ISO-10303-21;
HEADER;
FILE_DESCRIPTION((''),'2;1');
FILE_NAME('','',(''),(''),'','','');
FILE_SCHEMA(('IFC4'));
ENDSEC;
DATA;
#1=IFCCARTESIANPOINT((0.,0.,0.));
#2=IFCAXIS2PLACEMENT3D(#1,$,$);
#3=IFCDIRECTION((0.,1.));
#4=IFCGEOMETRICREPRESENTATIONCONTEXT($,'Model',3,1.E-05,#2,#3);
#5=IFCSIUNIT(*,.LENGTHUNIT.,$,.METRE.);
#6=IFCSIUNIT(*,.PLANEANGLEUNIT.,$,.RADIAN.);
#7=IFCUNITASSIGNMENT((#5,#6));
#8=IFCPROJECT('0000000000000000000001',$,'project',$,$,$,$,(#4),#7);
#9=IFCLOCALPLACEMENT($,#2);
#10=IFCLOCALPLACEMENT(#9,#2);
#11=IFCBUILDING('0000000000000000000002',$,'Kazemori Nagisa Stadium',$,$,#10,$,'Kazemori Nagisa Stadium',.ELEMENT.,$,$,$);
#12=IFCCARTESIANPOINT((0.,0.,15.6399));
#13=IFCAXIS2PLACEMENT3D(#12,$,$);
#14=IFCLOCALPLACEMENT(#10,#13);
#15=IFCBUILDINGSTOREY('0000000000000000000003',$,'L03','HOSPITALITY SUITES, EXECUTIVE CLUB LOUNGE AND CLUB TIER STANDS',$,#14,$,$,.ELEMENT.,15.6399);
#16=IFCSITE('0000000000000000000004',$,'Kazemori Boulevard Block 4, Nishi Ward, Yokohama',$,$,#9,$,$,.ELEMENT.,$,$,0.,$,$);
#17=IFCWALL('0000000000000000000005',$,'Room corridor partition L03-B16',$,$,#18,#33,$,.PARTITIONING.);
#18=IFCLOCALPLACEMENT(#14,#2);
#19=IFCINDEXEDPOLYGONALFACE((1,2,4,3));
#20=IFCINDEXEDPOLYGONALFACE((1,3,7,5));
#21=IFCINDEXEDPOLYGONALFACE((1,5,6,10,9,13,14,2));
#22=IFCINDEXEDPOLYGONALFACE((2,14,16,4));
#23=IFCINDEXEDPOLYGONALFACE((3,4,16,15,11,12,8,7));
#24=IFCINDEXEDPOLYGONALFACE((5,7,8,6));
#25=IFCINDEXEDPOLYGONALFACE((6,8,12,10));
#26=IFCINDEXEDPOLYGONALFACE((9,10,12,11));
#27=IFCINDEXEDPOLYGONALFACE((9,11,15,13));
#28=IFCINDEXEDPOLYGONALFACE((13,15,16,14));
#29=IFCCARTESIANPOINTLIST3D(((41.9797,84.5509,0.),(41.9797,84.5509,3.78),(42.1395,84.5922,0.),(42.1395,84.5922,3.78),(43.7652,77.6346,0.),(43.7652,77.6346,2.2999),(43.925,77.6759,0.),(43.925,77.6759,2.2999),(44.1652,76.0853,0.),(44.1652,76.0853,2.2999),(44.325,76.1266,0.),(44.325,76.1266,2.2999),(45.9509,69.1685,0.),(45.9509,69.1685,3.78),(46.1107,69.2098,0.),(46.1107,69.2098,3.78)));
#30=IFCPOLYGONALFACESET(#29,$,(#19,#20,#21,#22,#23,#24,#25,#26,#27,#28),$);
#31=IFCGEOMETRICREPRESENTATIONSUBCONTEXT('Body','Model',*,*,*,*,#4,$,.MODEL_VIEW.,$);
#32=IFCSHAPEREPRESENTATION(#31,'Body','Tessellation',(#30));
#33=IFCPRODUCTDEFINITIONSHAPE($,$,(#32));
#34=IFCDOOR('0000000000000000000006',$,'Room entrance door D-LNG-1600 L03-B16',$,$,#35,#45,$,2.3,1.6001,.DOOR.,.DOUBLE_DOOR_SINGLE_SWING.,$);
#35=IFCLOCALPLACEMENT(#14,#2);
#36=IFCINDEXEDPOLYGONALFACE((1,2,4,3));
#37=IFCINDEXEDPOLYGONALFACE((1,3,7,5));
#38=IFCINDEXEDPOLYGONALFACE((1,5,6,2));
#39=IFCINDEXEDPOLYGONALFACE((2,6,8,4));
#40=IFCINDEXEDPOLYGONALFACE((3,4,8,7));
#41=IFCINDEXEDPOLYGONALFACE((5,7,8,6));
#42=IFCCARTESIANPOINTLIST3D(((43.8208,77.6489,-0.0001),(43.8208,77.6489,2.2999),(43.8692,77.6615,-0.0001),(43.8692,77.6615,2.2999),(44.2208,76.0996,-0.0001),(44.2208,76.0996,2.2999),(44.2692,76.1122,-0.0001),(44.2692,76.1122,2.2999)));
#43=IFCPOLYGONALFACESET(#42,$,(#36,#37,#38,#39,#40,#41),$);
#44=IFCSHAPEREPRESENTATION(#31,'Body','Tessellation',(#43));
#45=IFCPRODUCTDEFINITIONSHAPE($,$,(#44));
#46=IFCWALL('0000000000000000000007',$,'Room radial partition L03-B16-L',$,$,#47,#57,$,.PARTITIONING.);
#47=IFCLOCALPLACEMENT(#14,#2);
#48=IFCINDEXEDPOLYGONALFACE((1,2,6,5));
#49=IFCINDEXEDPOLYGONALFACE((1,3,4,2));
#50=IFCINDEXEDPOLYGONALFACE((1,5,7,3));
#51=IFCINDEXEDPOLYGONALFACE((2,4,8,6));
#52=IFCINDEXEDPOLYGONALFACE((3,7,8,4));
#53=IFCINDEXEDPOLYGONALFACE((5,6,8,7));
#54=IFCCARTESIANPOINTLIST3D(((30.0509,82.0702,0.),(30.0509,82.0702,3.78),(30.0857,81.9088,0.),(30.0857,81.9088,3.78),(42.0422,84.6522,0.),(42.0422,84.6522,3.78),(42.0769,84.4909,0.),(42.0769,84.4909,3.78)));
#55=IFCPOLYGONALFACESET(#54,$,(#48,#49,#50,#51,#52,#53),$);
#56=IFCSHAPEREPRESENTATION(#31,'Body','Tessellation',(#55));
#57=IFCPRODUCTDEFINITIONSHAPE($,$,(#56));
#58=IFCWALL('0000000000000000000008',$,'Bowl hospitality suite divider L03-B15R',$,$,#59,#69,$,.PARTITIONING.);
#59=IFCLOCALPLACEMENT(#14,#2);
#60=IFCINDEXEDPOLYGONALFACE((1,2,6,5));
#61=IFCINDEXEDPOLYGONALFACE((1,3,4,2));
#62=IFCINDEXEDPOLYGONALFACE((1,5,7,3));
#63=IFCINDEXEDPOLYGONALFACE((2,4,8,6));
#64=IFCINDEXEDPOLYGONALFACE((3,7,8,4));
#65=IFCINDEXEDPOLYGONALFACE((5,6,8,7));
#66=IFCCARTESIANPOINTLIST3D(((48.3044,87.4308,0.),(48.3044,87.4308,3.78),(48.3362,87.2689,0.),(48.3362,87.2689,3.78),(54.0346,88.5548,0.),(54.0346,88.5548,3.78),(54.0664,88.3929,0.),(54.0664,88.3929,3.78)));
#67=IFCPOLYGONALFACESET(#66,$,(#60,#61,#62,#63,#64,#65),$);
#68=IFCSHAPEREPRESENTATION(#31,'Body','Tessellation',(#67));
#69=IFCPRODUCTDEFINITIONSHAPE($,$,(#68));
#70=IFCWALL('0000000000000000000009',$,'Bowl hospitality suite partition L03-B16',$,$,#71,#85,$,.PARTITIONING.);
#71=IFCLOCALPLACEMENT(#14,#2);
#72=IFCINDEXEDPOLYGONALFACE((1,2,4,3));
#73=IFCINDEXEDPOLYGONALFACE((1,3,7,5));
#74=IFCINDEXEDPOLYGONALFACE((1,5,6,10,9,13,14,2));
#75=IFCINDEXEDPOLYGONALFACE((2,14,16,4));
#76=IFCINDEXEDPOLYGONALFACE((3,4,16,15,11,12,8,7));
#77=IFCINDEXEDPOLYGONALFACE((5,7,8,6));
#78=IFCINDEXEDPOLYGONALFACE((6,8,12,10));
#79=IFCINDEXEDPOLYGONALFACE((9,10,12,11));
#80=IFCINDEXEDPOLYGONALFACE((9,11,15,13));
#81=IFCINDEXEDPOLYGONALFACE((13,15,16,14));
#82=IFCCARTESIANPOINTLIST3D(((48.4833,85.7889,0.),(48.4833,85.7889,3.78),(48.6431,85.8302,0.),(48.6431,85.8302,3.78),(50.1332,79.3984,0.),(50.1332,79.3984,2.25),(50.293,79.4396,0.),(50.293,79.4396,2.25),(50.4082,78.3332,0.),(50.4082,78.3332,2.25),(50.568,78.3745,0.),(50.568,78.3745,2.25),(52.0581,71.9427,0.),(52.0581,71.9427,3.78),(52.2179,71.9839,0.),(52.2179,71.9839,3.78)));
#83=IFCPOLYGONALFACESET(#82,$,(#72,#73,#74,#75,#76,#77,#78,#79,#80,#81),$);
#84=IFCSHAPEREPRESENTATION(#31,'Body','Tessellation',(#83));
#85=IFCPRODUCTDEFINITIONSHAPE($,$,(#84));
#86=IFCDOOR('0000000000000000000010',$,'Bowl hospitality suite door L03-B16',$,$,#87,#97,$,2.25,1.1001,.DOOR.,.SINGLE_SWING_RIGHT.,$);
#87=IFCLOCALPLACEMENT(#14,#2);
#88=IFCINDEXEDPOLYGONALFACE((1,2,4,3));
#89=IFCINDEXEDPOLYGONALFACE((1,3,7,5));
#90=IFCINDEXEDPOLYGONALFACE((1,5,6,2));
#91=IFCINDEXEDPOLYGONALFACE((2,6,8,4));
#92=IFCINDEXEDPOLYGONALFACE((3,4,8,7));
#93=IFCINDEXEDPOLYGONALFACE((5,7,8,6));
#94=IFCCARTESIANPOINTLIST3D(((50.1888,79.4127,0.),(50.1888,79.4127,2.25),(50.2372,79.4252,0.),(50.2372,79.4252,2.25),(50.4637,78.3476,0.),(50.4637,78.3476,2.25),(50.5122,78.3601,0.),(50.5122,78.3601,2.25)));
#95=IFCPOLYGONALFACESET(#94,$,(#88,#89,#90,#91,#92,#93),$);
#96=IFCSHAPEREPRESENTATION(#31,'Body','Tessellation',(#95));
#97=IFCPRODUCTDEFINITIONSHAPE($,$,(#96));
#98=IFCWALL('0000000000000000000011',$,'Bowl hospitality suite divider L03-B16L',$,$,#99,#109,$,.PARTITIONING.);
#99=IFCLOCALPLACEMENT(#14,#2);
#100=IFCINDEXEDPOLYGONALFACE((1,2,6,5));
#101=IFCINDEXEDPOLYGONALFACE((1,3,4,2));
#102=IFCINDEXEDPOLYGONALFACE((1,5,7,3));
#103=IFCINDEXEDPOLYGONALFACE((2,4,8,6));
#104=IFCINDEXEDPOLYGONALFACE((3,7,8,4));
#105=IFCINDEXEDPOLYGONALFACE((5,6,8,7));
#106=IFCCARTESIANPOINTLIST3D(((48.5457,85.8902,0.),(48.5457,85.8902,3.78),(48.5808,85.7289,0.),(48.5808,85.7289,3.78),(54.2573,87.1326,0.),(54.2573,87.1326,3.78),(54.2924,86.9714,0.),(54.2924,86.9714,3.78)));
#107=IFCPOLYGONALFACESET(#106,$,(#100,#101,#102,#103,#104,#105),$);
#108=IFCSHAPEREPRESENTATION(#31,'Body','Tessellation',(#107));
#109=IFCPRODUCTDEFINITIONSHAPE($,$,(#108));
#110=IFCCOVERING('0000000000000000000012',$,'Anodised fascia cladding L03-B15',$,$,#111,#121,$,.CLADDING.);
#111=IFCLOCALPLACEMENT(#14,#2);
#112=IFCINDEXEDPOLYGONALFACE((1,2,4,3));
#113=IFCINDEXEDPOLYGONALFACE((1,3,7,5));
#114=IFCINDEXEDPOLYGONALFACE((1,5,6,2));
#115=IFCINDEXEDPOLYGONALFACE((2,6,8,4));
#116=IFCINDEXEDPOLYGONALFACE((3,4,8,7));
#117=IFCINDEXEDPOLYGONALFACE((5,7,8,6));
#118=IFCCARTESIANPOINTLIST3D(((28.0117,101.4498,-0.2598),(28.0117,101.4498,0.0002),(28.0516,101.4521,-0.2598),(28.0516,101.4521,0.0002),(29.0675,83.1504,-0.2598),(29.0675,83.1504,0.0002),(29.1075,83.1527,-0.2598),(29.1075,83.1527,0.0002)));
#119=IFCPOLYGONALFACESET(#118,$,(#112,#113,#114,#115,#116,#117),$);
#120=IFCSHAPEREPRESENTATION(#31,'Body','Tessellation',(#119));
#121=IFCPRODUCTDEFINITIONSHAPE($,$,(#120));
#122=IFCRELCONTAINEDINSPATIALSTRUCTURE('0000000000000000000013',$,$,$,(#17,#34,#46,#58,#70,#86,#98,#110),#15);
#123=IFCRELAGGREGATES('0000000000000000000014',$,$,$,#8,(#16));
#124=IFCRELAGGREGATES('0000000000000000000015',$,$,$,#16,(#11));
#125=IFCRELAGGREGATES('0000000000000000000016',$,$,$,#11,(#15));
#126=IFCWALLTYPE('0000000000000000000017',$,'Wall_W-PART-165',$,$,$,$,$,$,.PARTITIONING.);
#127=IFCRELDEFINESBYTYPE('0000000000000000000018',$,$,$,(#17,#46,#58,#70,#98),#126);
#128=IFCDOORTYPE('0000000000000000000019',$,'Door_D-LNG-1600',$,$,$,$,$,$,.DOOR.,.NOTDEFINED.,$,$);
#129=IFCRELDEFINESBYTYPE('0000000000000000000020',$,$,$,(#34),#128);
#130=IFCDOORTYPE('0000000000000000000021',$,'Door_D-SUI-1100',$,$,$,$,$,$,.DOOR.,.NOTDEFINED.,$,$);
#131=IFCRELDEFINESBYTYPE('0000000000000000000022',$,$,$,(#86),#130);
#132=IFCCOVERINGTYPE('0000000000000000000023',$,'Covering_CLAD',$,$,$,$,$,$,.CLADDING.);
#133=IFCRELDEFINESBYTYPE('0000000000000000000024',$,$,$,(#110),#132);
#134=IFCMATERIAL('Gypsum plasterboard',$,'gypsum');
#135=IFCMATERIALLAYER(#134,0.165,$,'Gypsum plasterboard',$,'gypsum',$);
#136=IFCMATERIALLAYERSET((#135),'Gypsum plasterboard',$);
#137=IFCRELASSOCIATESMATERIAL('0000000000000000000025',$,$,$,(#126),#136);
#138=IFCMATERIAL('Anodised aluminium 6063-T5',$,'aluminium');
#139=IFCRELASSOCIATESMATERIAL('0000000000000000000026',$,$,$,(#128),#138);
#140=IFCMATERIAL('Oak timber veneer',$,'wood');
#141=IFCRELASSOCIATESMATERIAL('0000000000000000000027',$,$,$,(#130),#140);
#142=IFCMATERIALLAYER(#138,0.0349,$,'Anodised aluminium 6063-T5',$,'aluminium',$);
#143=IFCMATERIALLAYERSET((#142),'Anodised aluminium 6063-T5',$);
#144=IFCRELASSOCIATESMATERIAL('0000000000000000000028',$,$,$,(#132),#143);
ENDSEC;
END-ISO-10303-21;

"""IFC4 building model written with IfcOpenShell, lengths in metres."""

from ifc_helpers import new_model, si_unit, direction, frame, frame_2d, origin, origin_2d, place, context, subcontext, project, spatial, rectangle, extrude, material, layer, layer_set, type_object, element, fill, save


model = new_model("IFC4")

# Units and contexts
model_context = context("Model", 3, precision=1e-05, world=origin(), true_north=direction((0.0, 1.0)))
body_context = subcontext(model_context, "Body", "Model", "MODEL_VIEW")
ifc_project = project(units=[si_unit("LENGTHUNIT", "METRE"), si_unit("PLANEANGLEUNIT", "RADIAN")], contexts=[model_context])

# Site, building, storey
site_placement = place(None, origin())
site = spatial("IfcSite", under=ifc_project, at=site_placement, Name="Kazemori Boulevard Block 4, Nishi Ward, Yokohama", CompositionType="ELEMENT", RefElevation=0.0)
building_placement = place(site_placement, origin())
building = spatial("IfcBuilding", under=site, at=building_placement, Name="Kazemori Nagisa Stadium", LongName="Kazemori Nagisa Stadium", CompositionType="ELEMENT")
storey_placement = place(building_placement, frame((0.0, 0.0, 15.6399)))
storey = spatial("IfcBuildingStorey", under=building, at=storey_placement, Name="L03", Description="HOSPITALITY SUITES, EXECUTIVE CLUB LOUNGE AND CLUB TIER STANDS", CompositionType="ELEMENT", Elevation=15.6399)

# Shared definitions
ifc_material_1 = material(Name="Anodised aluminium 6063-T5", Category="aluminium")

# Shared definitions
ifc_material_2 = material(Name="Gypsum plasterboard", Category="gypsum")
ifc_layer_1 = layer(ifc_material_2, 0.165, Name="Gypsum plasterboard", Category="gypsum")
ifc_layer_set_1 = layer_set([ifc_layer_1], Name="Gypsum plasterboard")
wall_type_1 = type_object("IfcWallType", Name="Wall_W-PART-165", PredefinedType="PARTITIONING", material=ifc_layer_set_1)

# Wall, opening, door
wall_1_placement = place(storey_placement, frame((42.0596, 84.5715, 0.0), z_axis=(0.0, 0.0, 1.0), x_axis=(0.24997, -0.968254, 0.0)))
wall_1 = element("IfcWall", 1, at=wall_1_placement, inside=storey, type_object=wall_type_1, Name="Room corridor partition L03-B16", PredefinedType="PARTITIONING", context=body_context, shape_type="SweptSolid", body=[
    extrude(rectangle(XDim=15.8867, YDim=0.165, at=frame_2d((7.9434, 0.0))), origin(), (0.0, 0.0, 1.0), 3.78),
])
opening_1_placement = place(wall_1_placement, frame((7.1431, 0.0, 0.0)))
opening_1 = element("IfcOpeningElement", 2, at=opening_1_placement, cuts=wall_1, PredefinedType="OPENING", context=body_context, shape_type="SweptSolid", body=[
    extrude(rectangle(XDim=1.6001, YDim=2.3, at=frame_2d((0.8, 1.1499))), frame((0.0, 0.0925, 0.0), z_axis=(0.0, -1.0, 0.0), x_axis=(1.0, 0.0, 0.0)), (0.0, 0.0, 1.0), 0.1851),
])
door_type_1 = type_object("IfcDoorType", Name="Door_D-LNG-1600", OperationType="NOTDEFINED", PredefinedType="DOOR", material=ifc_material_1)
door_1_placement = place(opening_1_placement, origin())
door_1 = element("IfcDoor", 3, at=door_1_placement, inside=storey, type_object=door_type_1, Name="Room entrance door D-LNG-1600 L03-B16", OperationType="DOUBLE_DOOR_SINGLE_SWING", OverallHeight=2.3, OverallWidth=1.6001, PredefinedType="DOOR", context=body_context, shape_type="SweptSolid", body=[
    extrude(rectangle(XDim=1.6001, YDim=2.3, at=frame_2d((0.8, 1.1499))), frame((0.0, 0.0249, 0.0), z_axis=(0.0, -1.0, 0.0), x_axis=(1.0, 0.0, 0.0)), (0.0, 0.0, 1.0), 0.05),
])
fill(opening_1, door_1)

# Walls
wall_2_placement = place(storey_placement, frame((42.0596, 84.5715, 0.0), z_axis=(0.0, 0.0, 1.0), x_axis=(-0.977593, -0.210502, 0.0)))
element("IfcWall", 4, at=wall_2_placement, inside=storey, type_object=wall_type_1, Name="Room radial partition L03-B16-L", PredefinedType="PARTITIONING", context=body_context, shape_type="SweptSolid", body=[
    extrude(rectangle(XDim=12.2661, YDim=0.165, at=frame_2d((6.1331, 0.0))), origin(), (0.0, 0.0, 1.0), 3.78),
])
wall_3_placement = place(storey_placement, frame((48.3203, 87.3499, 0.0), z_axis=(0.0, 0.0, 1.0), x_axis=(0.981299, 0.192489, 0.0)))
element("IfcWall", 5, at=wall_3_placement, inside=storey, type_object=wall_type_1, Name="Bowl hospitality suite divider L03-B15R", PredefinedType="PARTITIONING", context=body_context, shape_type="SweptSolid", body=[
    extrude(rectangle(XDim=5.8394, YDim=0.165, at=frame_2d((2.9197, 0.0))), origin(), (0.0, 0.0, 1.0), 3.78),
])

# Wall, opening, door
wall_4_placement = place(storey_placement, frame((48.5632, 85.8096, 0.0), z_axis=(0.0, 0.0, 1.0), x_axis=(0.249976, -0.968252, 0.0)))
wall_4 = element("IfcWall", 6, at=wall_4_placement, inside=storey, type_object=wall_type_1, Name="Bowl hospitality suite partition L03-B16", PredefinedType="PARTITIONING", context=body_context, shape_type="SweptSolid", body=[
    extrude(rectangle(XDim=14.3003, YDim=0.165, at=frame_2d((7.1501, 0.0))), origin(), (0.0, 0.0, 1.0), 3.78),
])
opening_2_placement = place(wall_4_placement, frame((6.6001, 0.0, 0.0)))
opening_2 = element("IfcOpeningElement", 7, at=opening_2_placement, cuts=wall_4, PredefinedType="OPENING", context=body_context, shape_type="SweptSolid", body=[
    extrude(rectangle(XDim=1.1001, YDim=2.25, at=frame_2d((0.55, 1.125))), frame((0.0, 0.0925, 0.0), z_axis=(0.0, -1.0, 0.0), x_axis=(1.0, 0.0, 0.0)), (0.0, 0.0, 1.0), 0.1851),
])
ifc_material_3 = material(Name="Oak timber veneer", Category="wood")
door_type_2 = type_object("IfcDoorType", Name="Door_D-SUI-1100", OperationType="NOTDEFINED", PredefinedType="DOOR", material=ifc_material_3)
door_2_placement = place(opening_2_placement, origin())
door_2 = element("IfcDoor", 8, at=door_2_placement, inside=storey, type_object=door_type_2, Name="Bowl hospitality suite door L03-B16", OperationType="SINGLE_SWING_RIGHT", OverallHeight=2.25, OverallWidth=1.1001, PredefinedType="DOOR", context=body_context, shape_type="SweptSolid", body=[
    extrude(rectangle(XDim=1.1001, YDim=2.25, at=frame_2d((0.55, 1.125))), frame((0.0, 0.0249, 0.0), z_axis=(0.0, -1.0, 0.0), x_axis=(1.0, 0.0, 0.0)), (0.0, 0.0, 1.0), 0.05),
])
fill(opening_2, door_2)

# Wall
wall_5_placement = place(storey_placement, frame((48.5632, 85.8096, 0.0), z_axis=(0.0, 0.0, 1.0), x_axis=(0.977149, 0.212554, 0.0)))
element("IfcWall", 9, at=wall_5_placement, inside=storey, type_object=wall_type_1, Name="Bowl hospitality suite divider L03-B16L", PredefinedType="PARTITIONING", context=body_context, shape_type="SweptSolid", body=[
    extrude(rectangle(XDim=5.8452, YDim=0.165, at=frame_2d((2.9226, 0.0))), origin(), (0.0, 0.0, 1.0), 3.78),
])

# Covering
ifc_layer_2 = layer(ifc_material_1, 0.0349, Name="Anodised aluminium 6063-T5", Category="aluminium")
ifc_layer_set_2 = layer_set([ifc_layer_2], Name="Anodised aluminium 6063-T5")
covering_type = type_object("IfcCoveringType", Name="Covering_CLAD", PredefinedType="CLADDING", material=ifc_layer_set_2)
covering_placement = place(storey_placement, frame((28.5596, 92.3013, -0.2598), z_axis=(0.0, 0.0, 1.0), x_axis=(0.057602, -0.99834, 0.0)))
element("IfcCovering", 10, at=covering_placement, inside=storey, type_object=covering_type, Name="Anodised fascia cladding L03-B15", PredefinedType="CLADDING", context=body_context, shape_type="SweptSolid", body=[
    extrude(rectangle(XDim=18.3298, YDim=0.04, at=origin_2d()), origin(), (0.0, 0.0, 1.0), 0.26),
])

save(model, "model.ifc")
